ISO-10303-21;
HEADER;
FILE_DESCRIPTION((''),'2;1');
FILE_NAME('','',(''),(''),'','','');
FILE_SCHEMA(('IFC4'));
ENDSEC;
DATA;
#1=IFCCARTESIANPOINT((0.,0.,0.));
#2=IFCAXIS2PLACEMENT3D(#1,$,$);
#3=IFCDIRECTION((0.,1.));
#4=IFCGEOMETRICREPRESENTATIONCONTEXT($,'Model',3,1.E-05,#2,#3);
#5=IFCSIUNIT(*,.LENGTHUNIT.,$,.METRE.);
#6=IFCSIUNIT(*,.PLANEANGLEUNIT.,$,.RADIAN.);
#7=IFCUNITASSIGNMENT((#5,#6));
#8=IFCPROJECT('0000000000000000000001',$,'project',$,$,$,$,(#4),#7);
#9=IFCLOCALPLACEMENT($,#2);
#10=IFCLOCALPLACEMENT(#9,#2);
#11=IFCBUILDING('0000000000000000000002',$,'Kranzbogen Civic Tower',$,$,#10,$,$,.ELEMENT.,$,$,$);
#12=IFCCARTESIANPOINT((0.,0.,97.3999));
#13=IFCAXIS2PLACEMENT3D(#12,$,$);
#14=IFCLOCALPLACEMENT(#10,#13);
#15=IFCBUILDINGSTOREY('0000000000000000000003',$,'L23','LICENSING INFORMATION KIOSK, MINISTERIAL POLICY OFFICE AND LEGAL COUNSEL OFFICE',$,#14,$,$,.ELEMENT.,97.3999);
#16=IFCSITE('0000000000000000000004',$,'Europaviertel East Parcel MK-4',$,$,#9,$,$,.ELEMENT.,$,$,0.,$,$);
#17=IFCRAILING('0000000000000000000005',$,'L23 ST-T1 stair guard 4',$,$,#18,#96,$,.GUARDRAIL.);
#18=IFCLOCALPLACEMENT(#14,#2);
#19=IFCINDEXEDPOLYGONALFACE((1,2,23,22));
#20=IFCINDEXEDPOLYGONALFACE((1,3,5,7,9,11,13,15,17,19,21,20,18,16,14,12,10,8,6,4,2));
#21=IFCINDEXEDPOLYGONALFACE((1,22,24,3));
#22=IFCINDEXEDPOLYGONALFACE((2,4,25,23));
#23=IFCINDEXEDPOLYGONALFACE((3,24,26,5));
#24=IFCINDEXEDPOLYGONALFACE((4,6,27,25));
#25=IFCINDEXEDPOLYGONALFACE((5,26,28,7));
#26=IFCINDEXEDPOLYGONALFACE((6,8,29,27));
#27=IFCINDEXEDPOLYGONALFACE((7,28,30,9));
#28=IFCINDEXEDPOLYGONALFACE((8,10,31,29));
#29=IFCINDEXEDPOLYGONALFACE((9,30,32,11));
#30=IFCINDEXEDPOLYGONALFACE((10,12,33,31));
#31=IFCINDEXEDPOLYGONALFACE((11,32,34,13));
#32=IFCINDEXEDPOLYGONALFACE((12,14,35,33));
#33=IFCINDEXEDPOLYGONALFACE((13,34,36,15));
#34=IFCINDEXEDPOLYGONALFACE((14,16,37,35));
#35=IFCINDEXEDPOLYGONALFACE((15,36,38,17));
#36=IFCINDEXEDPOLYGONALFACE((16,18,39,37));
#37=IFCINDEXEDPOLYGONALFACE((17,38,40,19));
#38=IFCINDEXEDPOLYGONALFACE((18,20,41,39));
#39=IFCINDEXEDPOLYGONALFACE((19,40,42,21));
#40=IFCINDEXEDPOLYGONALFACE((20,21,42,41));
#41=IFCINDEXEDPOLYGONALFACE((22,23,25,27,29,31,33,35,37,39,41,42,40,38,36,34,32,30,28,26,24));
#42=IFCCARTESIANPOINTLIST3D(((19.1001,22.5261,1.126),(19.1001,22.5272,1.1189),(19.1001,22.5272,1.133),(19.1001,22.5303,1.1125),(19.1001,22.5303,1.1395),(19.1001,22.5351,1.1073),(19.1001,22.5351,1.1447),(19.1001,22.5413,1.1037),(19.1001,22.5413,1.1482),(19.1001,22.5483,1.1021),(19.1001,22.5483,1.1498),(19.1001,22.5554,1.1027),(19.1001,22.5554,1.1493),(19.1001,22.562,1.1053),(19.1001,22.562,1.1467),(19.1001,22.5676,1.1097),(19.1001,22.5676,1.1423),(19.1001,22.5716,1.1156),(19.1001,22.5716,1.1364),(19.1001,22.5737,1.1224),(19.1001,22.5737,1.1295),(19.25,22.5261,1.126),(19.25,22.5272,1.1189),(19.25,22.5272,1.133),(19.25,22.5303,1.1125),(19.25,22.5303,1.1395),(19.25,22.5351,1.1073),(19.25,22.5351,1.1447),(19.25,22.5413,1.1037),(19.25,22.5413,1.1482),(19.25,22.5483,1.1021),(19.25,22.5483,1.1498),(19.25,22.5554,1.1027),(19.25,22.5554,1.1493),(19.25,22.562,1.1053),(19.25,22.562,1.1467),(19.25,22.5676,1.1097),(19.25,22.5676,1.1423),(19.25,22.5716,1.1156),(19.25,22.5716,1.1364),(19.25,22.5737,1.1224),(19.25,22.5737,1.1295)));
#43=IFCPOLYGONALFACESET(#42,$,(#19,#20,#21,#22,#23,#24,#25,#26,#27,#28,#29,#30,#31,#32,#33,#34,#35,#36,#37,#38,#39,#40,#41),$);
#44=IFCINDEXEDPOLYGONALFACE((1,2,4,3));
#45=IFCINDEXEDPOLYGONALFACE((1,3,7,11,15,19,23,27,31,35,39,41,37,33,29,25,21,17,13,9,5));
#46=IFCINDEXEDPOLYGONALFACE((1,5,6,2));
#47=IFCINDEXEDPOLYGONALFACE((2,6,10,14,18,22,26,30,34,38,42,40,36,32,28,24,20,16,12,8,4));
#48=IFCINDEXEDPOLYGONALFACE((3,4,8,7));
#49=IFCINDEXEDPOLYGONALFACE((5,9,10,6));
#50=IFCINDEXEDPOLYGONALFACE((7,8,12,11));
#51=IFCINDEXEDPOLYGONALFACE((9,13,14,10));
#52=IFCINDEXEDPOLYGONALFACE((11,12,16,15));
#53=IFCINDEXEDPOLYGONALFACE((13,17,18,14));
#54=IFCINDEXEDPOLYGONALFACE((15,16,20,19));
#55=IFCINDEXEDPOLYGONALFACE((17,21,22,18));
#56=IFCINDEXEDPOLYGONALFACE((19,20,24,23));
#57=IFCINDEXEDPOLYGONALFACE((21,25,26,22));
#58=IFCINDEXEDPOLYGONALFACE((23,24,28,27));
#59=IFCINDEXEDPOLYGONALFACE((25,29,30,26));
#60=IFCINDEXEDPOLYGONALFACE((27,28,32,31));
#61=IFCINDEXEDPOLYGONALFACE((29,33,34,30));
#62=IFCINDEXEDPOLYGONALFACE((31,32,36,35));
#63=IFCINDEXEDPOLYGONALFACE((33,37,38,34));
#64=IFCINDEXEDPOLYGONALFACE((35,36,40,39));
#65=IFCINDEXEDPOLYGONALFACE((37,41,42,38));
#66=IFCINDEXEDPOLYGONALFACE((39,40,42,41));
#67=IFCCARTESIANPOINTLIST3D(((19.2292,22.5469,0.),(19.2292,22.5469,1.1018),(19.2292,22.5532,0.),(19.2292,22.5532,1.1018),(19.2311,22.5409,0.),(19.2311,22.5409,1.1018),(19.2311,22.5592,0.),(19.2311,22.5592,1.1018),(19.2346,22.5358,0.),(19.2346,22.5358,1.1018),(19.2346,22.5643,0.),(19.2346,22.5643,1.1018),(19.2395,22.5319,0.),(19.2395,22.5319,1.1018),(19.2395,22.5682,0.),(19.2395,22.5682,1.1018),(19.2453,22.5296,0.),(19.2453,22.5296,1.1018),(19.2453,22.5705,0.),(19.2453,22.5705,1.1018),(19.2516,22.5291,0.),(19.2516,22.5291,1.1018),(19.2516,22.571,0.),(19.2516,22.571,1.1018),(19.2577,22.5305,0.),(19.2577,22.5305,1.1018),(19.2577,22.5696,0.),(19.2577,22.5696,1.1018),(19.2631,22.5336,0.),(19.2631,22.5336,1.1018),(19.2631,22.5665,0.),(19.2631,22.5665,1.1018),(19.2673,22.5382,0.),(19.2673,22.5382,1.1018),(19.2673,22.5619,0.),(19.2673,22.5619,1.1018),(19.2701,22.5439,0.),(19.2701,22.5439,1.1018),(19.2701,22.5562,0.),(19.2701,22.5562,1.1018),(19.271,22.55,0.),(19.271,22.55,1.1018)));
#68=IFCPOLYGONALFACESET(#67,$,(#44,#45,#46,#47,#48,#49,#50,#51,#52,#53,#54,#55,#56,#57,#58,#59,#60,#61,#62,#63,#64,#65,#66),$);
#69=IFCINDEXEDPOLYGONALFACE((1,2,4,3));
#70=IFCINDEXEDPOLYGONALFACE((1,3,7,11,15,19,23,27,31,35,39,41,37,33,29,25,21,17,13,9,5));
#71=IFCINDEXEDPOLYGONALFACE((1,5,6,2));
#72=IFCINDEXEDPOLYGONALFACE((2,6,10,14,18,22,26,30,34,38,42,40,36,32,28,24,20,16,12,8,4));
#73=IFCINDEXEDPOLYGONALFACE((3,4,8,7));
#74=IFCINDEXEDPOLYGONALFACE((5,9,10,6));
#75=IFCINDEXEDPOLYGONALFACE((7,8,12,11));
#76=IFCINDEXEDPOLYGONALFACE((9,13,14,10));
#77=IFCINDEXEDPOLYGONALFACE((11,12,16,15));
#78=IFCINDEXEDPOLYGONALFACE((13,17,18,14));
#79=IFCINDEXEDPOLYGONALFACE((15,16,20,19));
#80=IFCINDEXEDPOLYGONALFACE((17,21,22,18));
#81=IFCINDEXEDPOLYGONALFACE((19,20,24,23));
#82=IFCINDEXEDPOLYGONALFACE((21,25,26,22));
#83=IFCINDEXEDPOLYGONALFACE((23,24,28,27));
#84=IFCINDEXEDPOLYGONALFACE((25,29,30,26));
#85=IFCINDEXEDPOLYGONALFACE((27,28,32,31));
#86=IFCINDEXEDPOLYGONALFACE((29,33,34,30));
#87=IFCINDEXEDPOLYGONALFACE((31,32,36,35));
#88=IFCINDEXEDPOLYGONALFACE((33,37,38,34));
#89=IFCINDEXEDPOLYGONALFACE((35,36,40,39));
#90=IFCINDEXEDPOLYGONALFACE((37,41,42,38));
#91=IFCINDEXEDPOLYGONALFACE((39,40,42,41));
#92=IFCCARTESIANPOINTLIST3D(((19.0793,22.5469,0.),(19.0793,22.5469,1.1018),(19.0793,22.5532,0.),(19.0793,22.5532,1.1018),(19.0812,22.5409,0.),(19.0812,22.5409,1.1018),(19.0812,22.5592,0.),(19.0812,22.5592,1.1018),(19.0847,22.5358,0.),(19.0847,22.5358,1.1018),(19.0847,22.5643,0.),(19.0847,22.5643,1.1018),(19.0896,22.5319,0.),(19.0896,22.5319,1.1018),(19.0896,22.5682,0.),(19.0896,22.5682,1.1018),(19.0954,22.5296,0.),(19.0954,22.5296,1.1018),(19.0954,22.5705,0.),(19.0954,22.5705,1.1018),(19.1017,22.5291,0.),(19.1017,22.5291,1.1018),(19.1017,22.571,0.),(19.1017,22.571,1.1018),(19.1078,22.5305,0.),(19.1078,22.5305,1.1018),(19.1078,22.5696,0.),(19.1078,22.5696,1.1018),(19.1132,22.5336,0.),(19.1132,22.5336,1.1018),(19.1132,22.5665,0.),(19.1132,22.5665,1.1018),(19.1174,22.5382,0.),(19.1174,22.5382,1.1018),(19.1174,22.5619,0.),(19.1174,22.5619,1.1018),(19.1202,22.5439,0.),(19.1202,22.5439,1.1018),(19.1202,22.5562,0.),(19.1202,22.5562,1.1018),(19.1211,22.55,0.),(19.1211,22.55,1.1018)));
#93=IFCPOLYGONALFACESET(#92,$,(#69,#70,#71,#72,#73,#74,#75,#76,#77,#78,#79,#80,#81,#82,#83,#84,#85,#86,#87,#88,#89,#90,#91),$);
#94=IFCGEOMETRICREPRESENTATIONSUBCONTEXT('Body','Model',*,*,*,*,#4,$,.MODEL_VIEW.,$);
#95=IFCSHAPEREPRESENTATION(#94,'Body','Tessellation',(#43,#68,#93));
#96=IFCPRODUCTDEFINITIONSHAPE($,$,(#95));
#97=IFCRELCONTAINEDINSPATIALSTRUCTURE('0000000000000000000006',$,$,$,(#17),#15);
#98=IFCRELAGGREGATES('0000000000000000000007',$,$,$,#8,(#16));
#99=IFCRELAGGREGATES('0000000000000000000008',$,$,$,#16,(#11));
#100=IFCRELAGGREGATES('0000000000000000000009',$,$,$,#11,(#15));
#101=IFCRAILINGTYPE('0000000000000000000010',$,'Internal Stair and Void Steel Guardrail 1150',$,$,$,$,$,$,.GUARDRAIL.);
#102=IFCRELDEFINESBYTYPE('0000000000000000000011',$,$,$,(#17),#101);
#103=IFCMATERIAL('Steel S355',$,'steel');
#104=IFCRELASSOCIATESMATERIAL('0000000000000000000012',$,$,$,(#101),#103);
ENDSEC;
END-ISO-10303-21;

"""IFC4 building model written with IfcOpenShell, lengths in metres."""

from ifc_helpers import new_model, si_unit, direction, frame, origin, origin_2d, place, context, subcontext, project, spatial, circle, extrude, material, type_object, element, save


model = new_model("IFC4")

# Units and contexts
model_context = context("Model", 3, precision=1e-05, world=origin(), true_north=direction((0.0, 1.0)))
body_context = subcontext(model_context, "Body", "Model", "MODEL_VIEW")
ifc_project = project(units=[si_unit("LENGTHUNIT", "METRE"), si_unit("PLANEANGLEUNIT", "RADIAN")], contexts=[model_context])

# Site, building, storey
site_placement = place(None, origin())
site = spatial("IfcSite", under=ifc_project, at=site_placement, Name="Europaviertel East Parcel MK-4", CompositionType="ELEMENT", RefElevation=0.0)
building_placement = place(site_placement, origin())
building = spatial("IfcBuilding", under=site, at=building_placement, Name="Kranzbogen Civic Tower", CompositionType="ELEMENT")
storey_placement = place(building_placement, frame((0.0, 0.0, 97.3999)))
storey = spatial("IfcBuildingStorey", under=building, at=storey_placement, Name="L23", Description="LICENSING INFORMATION KIOSK, MINISTERIAL POLICY OFFICE AND LEGAL COUNSEL OFFICE", CompositionType="ELEMENT", Elevation=97.3999)

# Shared definitions
ifc_material_1 = material(Name="Steel S355", Category="steel")

# Railing
railing_type_1 = type_object("IfcRailingType", Name="Internal Stair and Void Steel Guardrail 1150", PredefinedType="GUARDRAIL", material=ifc_material_1)
railing_1_placement = place(storey_placement, frame((19.25, 22.55, 0.0)))
element("IfcRailing", 1, at=railing_1_placement, inside=storey, type_object=railing_type_1, Name="L23 ST-T1 stair guard 4", PredefinedType="GUARDRAIL", context=body_context, shape_type="SweptSolid", body=[
    extrude(circle(Radius=0.0239, at=origin_2d()), frame((0.0, 0.0, 1.126), z_axis=(-1.0, 0.0, 0.0), x_axis=(0.0, -1.0, 0.0)), (0.0, 0.0, 1.0), 0.1499),
    extrude(circle(Radius=0.021, at=origin_2d()), origin(), (0.0, 0.0, 1.0), 1.1018),
    extrude(circle(Radius=0.021, at=origin_2d()), frame((-0.1499, 0.0, 0.0)), (0.0, 0.0, 1.0), 1.1018),
])

save(model, "model.ifc")
